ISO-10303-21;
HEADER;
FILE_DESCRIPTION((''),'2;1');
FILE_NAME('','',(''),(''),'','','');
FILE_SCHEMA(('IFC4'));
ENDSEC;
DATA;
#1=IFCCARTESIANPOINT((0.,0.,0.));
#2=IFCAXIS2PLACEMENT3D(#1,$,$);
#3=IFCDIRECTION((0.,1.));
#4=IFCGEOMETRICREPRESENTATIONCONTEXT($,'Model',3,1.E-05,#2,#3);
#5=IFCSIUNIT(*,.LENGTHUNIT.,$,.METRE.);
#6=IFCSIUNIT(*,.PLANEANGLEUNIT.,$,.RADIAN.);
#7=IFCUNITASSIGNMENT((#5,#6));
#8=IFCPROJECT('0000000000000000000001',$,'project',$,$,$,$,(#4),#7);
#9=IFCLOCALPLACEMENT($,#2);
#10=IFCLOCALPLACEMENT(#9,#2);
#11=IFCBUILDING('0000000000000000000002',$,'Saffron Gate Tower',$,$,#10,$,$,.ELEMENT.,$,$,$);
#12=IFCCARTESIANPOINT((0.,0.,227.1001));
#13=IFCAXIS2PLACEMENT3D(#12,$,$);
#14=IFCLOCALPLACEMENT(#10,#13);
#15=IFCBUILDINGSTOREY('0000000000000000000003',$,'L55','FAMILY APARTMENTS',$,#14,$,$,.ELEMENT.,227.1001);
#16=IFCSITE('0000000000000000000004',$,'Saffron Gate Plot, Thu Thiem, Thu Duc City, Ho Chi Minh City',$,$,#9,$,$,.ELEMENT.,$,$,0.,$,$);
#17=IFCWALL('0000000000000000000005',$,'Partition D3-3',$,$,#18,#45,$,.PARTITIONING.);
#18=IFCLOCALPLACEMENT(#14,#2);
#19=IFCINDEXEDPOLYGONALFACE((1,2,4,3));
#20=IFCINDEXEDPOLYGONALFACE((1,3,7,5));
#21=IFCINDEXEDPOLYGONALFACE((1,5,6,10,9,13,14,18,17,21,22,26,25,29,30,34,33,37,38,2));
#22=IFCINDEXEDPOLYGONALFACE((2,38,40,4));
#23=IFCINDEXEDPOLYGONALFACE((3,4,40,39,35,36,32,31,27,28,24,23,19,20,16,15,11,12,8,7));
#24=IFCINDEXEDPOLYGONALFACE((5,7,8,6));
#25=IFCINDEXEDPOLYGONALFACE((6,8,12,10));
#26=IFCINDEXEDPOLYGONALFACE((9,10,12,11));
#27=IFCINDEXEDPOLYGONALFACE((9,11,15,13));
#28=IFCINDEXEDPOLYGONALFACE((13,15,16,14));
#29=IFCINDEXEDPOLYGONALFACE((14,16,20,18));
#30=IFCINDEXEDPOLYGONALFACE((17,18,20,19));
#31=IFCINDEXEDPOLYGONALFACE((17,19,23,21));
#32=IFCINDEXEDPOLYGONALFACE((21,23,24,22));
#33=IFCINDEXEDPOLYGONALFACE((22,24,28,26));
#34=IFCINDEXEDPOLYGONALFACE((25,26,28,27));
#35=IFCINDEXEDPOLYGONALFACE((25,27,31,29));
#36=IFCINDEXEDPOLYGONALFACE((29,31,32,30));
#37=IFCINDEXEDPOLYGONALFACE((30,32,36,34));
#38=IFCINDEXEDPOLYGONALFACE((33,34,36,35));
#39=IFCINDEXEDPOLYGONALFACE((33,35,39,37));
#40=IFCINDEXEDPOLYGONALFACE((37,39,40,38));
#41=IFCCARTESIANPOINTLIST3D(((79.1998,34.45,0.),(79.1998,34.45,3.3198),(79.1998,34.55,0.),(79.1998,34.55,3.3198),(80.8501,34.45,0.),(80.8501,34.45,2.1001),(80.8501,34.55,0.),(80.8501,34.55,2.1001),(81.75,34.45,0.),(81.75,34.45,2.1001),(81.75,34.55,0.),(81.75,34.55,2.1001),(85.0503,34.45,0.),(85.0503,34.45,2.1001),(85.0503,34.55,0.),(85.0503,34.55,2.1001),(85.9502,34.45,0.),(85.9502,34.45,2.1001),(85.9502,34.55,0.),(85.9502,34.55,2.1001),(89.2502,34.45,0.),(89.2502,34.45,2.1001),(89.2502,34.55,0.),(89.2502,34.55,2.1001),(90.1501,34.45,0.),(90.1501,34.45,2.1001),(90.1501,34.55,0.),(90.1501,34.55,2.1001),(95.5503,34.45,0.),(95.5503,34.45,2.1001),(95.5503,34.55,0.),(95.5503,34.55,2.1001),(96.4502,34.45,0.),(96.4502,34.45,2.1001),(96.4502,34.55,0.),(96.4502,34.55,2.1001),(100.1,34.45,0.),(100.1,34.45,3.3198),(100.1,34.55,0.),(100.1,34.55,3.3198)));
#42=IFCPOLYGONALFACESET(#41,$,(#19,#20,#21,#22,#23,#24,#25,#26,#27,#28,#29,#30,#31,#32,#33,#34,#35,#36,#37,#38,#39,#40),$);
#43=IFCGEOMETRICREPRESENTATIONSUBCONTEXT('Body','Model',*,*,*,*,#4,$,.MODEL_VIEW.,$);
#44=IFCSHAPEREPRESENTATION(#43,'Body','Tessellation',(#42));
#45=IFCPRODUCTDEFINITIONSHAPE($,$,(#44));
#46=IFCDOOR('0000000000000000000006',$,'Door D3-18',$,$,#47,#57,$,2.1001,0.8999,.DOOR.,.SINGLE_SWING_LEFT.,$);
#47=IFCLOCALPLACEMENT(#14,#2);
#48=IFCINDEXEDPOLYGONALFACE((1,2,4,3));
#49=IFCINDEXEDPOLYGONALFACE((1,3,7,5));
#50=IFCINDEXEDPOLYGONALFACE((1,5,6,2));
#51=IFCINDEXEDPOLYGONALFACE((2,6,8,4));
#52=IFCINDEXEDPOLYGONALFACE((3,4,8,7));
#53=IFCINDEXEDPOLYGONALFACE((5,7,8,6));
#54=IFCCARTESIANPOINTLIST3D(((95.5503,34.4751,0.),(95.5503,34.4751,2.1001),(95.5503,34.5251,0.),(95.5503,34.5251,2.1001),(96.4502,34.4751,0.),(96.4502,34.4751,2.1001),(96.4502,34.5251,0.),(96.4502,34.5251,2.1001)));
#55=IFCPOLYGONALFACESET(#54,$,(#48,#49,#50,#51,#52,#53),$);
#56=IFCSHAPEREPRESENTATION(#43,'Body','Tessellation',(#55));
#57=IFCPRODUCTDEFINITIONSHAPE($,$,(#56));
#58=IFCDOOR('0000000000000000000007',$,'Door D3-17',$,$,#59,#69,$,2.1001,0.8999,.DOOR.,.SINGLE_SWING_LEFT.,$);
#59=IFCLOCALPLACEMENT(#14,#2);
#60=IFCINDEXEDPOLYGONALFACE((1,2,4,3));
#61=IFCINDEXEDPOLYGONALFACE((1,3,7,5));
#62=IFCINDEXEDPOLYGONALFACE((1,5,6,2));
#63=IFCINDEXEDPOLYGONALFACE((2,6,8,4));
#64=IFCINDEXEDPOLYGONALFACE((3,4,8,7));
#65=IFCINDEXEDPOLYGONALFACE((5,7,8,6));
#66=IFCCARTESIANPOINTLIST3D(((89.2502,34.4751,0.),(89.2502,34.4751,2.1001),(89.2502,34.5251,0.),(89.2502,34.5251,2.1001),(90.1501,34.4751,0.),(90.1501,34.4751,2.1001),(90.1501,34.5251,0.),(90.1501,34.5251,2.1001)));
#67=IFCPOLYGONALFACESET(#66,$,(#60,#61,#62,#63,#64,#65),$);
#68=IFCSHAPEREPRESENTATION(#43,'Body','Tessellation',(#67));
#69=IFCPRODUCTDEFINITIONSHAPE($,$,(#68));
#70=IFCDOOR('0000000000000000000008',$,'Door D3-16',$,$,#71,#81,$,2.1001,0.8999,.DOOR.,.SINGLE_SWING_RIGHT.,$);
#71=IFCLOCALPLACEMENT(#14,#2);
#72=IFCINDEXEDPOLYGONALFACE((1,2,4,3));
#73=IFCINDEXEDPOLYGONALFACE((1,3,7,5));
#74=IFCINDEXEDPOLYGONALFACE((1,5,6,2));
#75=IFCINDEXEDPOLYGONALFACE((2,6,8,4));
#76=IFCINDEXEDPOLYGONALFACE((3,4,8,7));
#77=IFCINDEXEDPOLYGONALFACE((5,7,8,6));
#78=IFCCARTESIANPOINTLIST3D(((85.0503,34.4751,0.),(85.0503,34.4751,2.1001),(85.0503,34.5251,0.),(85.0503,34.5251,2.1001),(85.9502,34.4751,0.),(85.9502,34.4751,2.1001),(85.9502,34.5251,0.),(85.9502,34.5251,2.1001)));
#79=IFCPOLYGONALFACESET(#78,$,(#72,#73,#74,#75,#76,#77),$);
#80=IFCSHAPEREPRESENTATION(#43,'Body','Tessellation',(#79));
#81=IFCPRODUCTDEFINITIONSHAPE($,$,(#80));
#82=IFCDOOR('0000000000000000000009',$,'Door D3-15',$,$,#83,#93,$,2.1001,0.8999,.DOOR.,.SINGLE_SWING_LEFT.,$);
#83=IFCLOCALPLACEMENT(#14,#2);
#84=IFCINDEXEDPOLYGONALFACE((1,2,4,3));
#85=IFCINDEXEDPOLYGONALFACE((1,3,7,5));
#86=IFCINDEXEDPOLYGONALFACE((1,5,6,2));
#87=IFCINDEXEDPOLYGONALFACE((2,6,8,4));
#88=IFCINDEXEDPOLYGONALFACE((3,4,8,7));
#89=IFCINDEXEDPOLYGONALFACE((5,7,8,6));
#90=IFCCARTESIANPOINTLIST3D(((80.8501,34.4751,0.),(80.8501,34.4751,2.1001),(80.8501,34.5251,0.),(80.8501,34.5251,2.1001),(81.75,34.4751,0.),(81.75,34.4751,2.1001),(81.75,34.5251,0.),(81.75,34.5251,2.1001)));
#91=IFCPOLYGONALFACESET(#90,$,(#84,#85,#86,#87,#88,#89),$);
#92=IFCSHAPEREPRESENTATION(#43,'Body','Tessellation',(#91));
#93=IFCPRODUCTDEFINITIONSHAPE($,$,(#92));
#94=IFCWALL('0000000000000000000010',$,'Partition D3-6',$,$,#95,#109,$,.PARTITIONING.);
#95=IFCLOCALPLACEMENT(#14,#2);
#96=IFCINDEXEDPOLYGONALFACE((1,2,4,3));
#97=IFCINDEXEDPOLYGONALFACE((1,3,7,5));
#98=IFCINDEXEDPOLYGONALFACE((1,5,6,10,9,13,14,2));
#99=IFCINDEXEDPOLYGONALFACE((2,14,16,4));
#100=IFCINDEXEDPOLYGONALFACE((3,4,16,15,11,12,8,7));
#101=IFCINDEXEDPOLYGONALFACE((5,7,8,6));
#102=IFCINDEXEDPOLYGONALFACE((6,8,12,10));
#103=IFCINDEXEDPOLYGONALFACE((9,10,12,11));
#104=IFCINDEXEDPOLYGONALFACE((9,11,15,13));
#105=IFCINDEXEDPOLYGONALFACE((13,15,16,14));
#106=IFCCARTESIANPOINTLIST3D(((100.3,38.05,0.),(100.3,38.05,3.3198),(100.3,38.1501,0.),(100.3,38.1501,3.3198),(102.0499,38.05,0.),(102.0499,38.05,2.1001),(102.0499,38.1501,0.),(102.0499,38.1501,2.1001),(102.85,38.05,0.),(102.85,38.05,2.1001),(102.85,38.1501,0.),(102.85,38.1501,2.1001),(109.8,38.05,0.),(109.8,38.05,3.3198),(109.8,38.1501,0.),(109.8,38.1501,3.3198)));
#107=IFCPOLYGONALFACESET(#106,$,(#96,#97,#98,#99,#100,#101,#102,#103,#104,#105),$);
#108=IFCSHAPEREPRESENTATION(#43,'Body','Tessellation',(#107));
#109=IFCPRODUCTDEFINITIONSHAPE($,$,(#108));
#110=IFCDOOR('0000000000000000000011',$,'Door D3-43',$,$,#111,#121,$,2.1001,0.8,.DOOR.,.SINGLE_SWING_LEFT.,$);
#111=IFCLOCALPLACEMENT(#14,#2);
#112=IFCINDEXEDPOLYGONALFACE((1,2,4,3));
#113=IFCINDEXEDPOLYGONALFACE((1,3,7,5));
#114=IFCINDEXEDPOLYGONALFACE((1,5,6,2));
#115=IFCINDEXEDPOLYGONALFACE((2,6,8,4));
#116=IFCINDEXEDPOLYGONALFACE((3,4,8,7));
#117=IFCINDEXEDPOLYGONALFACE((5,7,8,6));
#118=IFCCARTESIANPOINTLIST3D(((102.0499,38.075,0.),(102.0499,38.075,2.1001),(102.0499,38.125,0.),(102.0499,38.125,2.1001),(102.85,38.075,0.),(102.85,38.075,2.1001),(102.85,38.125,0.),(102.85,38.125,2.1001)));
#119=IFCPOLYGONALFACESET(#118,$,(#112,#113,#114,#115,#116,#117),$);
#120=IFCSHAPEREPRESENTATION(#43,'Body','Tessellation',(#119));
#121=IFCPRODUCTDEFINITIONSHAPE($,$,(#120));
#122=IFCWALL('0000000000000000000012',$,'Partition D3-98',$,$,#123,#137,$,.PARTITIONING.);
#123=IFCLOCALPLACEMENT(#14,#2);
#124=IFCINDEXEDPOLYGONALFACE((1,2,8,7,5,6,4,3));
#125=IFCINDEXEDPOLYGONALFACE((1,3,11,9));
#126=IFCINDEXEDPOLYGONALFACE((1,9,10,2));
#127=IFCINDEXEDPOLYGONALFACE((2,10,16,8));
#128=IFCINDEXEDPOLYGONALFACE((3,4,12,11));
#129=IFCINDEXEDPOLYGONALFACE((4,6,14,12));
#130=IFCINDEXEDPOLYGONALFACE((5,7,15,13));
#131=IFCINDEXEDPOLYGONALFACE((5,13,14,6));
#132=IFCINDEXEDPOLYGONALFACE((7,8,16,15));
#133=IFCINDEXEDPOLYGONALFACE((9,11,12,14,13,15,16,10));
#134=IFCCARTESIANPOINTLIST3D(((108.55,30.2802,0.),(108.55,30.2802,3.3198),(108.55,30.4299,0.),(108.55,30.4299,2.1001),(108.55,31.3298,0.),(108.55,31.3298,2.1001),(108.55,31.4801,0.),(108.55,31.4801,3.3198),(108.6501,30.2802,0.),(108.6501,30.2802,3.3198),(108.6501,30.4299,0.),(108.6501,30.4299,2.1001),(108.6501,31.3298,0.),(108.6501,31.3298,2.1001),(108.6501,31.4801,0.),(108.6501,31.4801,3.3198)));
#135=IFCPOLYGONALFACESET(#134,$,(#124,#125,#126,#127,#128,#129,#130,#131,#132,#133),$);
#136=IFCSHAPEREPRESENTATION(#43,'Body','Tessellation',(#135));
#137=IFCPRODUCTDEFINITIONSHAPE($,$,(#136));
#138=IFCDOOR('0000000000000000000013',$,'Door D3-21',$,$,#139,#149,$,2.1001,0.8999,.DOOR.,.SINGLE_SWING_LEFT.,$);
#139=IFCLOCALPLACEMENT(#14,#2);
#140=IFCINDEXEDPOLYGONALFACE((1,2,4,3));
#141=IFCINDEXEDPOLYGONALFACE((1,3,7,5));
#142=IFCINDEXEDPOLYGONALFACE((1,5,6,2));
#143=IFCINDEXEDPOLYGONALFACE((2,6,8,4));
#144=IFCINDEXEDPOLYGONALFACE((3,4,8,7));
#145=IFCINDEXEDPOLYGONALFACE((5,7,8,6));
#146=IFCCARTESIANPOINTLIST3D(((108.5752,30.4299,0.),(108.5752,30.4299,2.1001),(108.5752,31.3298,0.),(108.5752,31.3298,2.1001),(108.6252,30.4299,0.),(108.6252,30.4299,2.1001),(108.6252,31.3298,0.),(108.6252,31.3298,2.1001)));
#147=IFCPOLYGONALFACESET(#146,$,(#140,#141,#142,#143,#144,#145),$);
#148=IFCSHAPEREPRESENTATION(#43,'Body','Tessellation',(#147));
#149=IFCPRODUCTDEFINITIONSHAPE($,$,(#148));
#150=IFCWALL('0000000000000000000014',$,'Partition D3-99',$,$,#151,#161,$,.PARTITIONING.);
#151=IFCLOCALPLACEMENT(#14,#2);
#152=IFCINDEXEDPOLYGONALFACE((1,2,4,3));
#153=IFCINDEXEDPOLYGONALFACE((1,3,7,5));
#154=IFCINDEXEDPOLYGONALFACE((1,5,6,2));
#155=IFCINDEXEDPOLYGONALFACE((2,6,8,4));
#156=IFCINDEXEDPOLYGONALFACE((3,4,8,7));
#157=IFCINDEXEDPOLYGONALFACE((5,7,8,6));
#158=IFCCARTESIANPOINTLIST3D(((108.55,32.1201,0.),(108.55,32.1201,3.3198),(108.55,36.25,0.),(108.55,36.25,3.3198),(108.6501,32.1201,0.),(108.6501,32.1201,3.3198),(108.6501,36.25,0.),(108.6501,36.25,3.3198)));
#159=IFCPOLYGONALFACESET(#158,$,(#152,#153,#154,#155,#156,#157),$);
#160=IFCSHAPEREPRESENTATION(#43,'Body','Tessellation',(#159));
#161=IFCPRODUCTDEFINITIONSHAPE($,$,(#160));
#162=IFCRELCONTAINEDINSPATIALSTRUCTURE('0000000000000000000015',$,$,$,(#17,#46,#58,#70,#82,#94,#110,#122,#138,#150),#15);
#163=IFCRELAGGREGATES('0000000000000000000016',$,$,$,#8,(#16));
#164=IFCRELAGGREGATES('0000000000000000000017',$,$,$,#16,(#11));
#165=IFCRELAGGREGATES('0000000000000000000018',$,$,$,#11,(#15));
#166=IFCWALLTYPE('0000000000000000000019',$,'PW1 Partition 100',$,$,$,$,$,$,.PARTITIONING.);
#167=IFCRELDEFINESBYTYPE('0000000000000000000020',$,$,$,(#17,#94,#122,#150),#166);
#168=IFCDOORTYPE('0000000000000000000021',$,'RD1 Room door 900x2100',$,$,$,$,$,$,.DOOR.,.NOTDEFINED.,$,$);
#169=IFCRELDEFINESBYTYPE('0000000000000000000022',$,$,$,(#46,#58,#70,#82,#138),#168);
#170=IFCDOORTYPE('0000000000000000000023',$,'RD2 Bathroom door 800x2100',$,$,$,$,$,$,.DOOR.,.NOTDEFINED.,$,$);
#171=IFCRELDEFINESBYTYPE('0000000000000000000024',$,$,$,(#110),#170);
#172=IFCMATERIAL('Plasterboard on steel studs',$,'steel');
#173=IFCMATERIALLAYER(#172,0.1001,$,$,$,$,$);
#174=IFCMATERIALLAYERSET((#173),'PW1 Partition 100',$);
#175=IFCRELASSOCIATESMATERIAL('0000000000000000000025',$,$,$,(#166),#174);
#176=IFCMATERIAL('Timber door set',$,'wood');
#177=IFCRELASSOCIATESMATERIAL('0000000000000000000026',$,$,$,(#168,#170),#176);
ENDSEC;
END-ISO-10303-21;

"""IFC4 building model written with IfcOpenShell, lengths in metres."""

from ifc_helpers import new_model, si_unit, direction, frame, frame_2d, origin, place, context, subcontext, project, spatial, rectangle, extrude, material, layer, layer_set, type_object, element, fill, save


model = new_model("IFC4")

# Units and contexts
model_context = context("Model", 3, precision=1e-05, world=origin(), true_north=direction((0.0, 1.0)))
body_context = subcontext(model_context, "Body", "Model", "MODEL_VIEW")
ifc_project = project(units=[si_unit("LENGTHUNIT", "METRE"), si_unit("PLANEANGLEUNIT", "RADIAN")], contexts=[model_context])

# Site, building, storey
site_placement = place(None, origin())
site = spatial("IfcSite", under=ifc_project, at=site_placement, Name="Saffron Gate Plot, Thu Thiem, Thu Duc City, Ho Chi Minh City", CompositionType="ELEMENT", RefElevation=0.0)
building_placement = place(site_placement, origin())
building = spatial("IfcBuilding", under=site, at=building_placement, Name="Saffron Gate Tower", CompositionType="ELEMENT")
storey_placement = place(building_placement, frame((0.0, 0.0, 227.1001)))
storey = spatial("IfcBuildingStorey", under=building, at=storey_placement, Name="L55", Description="FAMILY APARTMENTS", CompositionType="ELEMENT", Elevation=227.1001)

# Wall, openings, doors
ifc_material_1 = material(Name="Plasterboard on steel studs", Category="steel")
ifc_layer_1 = layer(ifc_material_1, 0.1001)
ifc_layer_set_1 = layer_set([ifc_layer_1], Name="PW1 Partition 100")
wall_type_1 = type_object("IfcWallType", Name="PW1 Partition 100", PredefinedType="PARTITIONING", material=ifc_layer_set_1)
wall_1_placement = place(storey_placement, frame((100.1001, 34.5, 0.0), z_axis=(0.0, 0.0, 1.0), x_axis=(-1.0, 0.0, 0.0)))
wall_1 = element("IfcWall", 1, at=wall_1_placement, inside=storey, type_object=wall_type_1, Name="Partition D3-3", PredefinedType="PARTITIONING", context=body_context, shape_type="SweptSolid", body=[
    extrude(rectangle(XDim=20.9001, YDim=0.1001, at=frame_2d((10.4502, 0.0))), origin(), (0.0, 0.0, 1.0), 3.3198),
])
opening_1_placement = place(wall_1_placement, frame((3.6499, 0.0, 0.0)))
opening_1 = element("IfcOpeningElement", 2, at=opening_1_placement, cuts=wall_1, PredefinedType="OPENING", context=body_context, shape_type="SweptSolid", body=[
    extrude(rectangle(XDim=0.8999, YDim=2.1001, at=frame_2d((0.45, 1.05))), frame((0.0, 0.0601, 0.0), z_axis=(0.0, -1.0, 0.0), x_axis=(1.0, 0.0, 0.0)), (0.0, 0.0, 1.0), 0.1201),
])
opening_2_placement = place(wall_1_placement, frame((9.95, 0.0, 0.0)))
opening_2 = element("IfcOpeningElement", 3, at=opening_2_placement, cuts=wall_1, PredefinedType="OPENING", context=body_context, shape_type="SweptSolid", body=[
    extrude(rectangle(XDim=0.8999, YDim=2.1001, at=frame_2d((0.45, 1.05))), frame((0.0, 0.0601, 0.0), z_axis=(0.0, -1.0, 0.0), x_axis=(1.0, 0.0, 0.0)), (0.0, 0.0, 1.0), 0.1201),
])
opening_3_placement = place(wall_1_placement, frame((14.1499, 0.0, 0.0)))
opening_3 = element("IfcOpeningElement", 4, at=opening_3_placement, cuts=wall_1, PredefinedType="OPENING", context=body_context, shape_type="SweptSolid", body=[
    extrude(rectangle(XDim=0.8999, YDim=2.1001, at=frame_2d((0.45, 1.05))), frame((0.0, 0.0601, 0.0), z_axis=(0.0, -1.0, 0.0), x_axis=(1.0, 0.0, 0.0)), (0.0, 0.0, 1.0), 0.1201),
])
opening_4_placement = place(wall_1_placement, frame((18.3501, 0.0, 0.0)))
opening_4 = element("IfcOpeningElement", 5, at=opening_4_placement, cuts=wall_1, PredefinedType="OPENING", context=body_context, shape_type="SweptSolid", body=[
    extrude(rectangle(XDim=0.8999, YDim=2.1001, at=frame_2d((0.45, 1.05))), frame((0.0, 0.0601, 0.0), z_axis=(0.0, -1.0, 0.0), x_axis=(1.0, 0.0, 0.0)), (0.0, 0.0, 1.0), 0.1201),
])
ifc_material_2 = material(Name="Timber door set", Category="wood")
door_type_1 = type_object("IfcDoorType", Name="RD1 Room door 900x2100", OperationType="NOTDEFINED", PredefinedType="DOOR", material=ifc_material_2)
door_1_placement = place(opening_1_placement, origin())
door_1 = element("IfcDoor", 6, at=door_1_placement, inside=storey, type_object=door_type_1, Name="Door D3-18", OperationType="SINGLE_SWING_LEFT", OverallHeight=2.1001, OverallWidth=0.8999, PredefinedType="DOOR", context=body_context, shape_type="SweptSolid", body=[
    extrude(rectangle(XDim=0.8999, YDim=2.1001, at=frame_2d((0.45, 1.05))), frame((0.0, 0.0249, 0.0), z_axis=(0.0, -1.0, 0.0), x_axis=(1.0, 0.0, 0.0)), (0.0, 0.0, 1.0), 0.05),
])
fill(opening_1, door_1)
door_2_placement = place(opening_2_placement, origin())
door_2 = element("IfcDoor", 7, at=door_2_placement, inside=storey, type_object=door_type_1, Name="Door D3-17", OperationType="SINGLE_SWING_LEFT", OverallHeight=2.1001, OverallWidth=0.8999, PredefinedType="DOOR", context=body_context, shape_type="SweptSolid", body=[
    extrude(rectangle(XDim=0.8999, YDim=2.1001, at=frame_2d((0.45, 1.05))), frame((0.0, 0.0249, 0.0), z_axis=(0.0, -1.0, 0.0), x_axis=(1.0, 0.0, 0.0)), (0.0, 0.0, 1.0), 0.05),
])
fill(opening_2, door_2)
door_3_placement = place(opening_3_placement, origin())
door_3 = element("IfcDoor", 8, at=door_3_placement, inside=storey, type_object=door_type_1, Name="Door D3-16", OperationType="SINGLE_SWING_RIGHT", OverallHeight=2.1001, OverallWidth=0.8999, PredefinedType="DOOR", context=body_context, shape_type="SweptSolid", body=[
    extrude(rectangle(XDim=0.8999, YDim=2.1001, at=frame_2d((0.45, 1.05))), frame((0.0, 0.0249, 0.0), z_axis=(0.0, -1.0, 0.0), x_axis=(1.0, 0.0, 0.0)), (0.0, 0.0, 1.0), 0.05),
])
fill(opening_3, door_3)
door_4_placement = place(opening_4_placement, origin())
door_4 = element("IfcDoor", 9, at=door_4_placement, inside=storey, type_object=door_type_1, Name="Door D3-15", OperationType="SINGLE_SWING_LEFT", OverallHeight=2.1001, OverallWidth=0.8999, PredefinedType="DOOR", context=body_context, shape_type="SweptSolid", body=[
    extrude(rectangle(XDim=0.8999, YDim=2.1001, at=frame_2d((0.45, 1.05))), frame((0.0, 0.0249, 0.0), z_axis=(0.0, -1.0, 0.0), x_axis=(1.0, 0.0, 0.0)), (0.0, 0.0, 1.0), 0.05),
])
fill(opening_4, door_4)

# Walls, openings, doors
wall_2_placement = place(storey_placement, frame((100.3, 38.1001, 0.0), z_axis=(0.0, 0.0, 1.0), x_axis=(1.0, 0.0, 0.0)))
wall_2 = element("IfcWall", 10, at=wall_2_placement, inside=storey, type_object=wall_type_1, Name="Partition D3-6", PredefinedType="PARTITIONING", context=body_context, shape_type="SweptSolid", body=[
    extrude(rectangle(XDim=9.5, YDim=0.1001, at=frame_2d((4.75, 0.0))), origin(), (0.0, 0.0, 1.0), 3.3198),
])
opening_5_placement = place(wall_2_placement, frame((1.75, 0.0, 0.0)))
opening_5 = element("IfcOpeningElement", 11, at=opening_5_placement, cuts=wall_2, PredefinedType="OPENING", context=body_context, shape_type="SweptSolid", body=[
    extrude(rectangle(XDim=0.8, YDim=2.1001, at=frame_2d((0.3999, 1.05))), frame((0.0, 0.0601, 0.0), z_axis=(0.0, -1.0, 0.0), x_axis=(1.0, 0.0, 0.0)), (0.0, 0.0, 1.0), 0.1201),
])
door_type_2 = type_object("IfcDoorType", Name="RD2 Bathroom door 800x2100", OperationType="NOTDEFINED", PredefinedType="DOOR", material=ifc_material_2)
door_5_placement = place(opening_5_placement, origin())
door_5 = element("IfcDoor", 12, at=door_5_placement, inside=storey, type_object=door_type_2, Name="Door D3-43", OperationType="SINGLE_SWING_LEFT", OverallHeight=2.1001, OverallWidth=0.8, PredefinedType="DOOR", context=body_context, shape_type="SweptSolid", body=[
    extrude(rectangle(XDim=0.8, YDim=2.1001, at=frame_2d((0.3999, 1.05))), frame((0.0, 0.0249, 0.0), z_axis=(0.0, -1.0, 0.0), x_axis=(1.0, 0.0, 0.0)), (0.0, 0.0, 1.0), 0.05),
])
fill(opening_5, door_5)
wall_3_placement = place(storey_placement, frame((108.6001, 30.28, 0.0), z_axis=(0.0, 0.0, 1.0), x_axis=(0.0, 1.0, 0.0)))
wall_3 = element("IfcWall", 13, at=wall_3_placement, inside=storey, type_object=wall_type_1, Name="Partition D3-98", PredefinedType="PARTITIONING", context=body_context, shape_type="SweptSolid", body=[
    extrude(rectangle(XDim=1.2, YDim=0.1001, at=frame_2d((0.6001, 0.0))), origin(), (0.0, 0.0, 1.0), 3.3198),
])
opening_6_placement = place(wall_3_placement, frame((0.1499, 0.0, 0.0)))
opening_6 = element("IfcOpeningElement", 14, at=opening_6_placement, cuts=wall_3, PredefinedType="OPENING", context=body_context, shape_type="SweptSolid", body=[
    extrude(rectangle(XDim=0.8999, YDim=2.1001, at=frame_2d((0.45, 1.05))), frame((0.0, 0.0601, 0.0), z_axis=(0.0, -1.0, 0.0), x_axis=(1.0, 0.0, 0.0)), (0.0, 0.0, 1.0), 0.1201),
])
door_6_placement = place(opening_6_placement, origin())
door_6 = element("IfcDoor", 15, at=door_6_placement, inside=storey, type_object=door_type_1, Name="Door D3-21", OperationType="SINGLE_SWING_LEFT", OverallHeight=2.1001, OverallWidth=0.8999, PredefinedType="DOOR", context=body_context, shape_type="SweptSolid", body=[
    extrude(rectangle(XDim=0.8999, YDim=2.1001, at=frame_2d((0.45, 1.05))), frame((0.0, 0.0249, 0.0), z_axis=(0.0, -1.0, 0.0), x_axis=(1.0, 0.0, 0.0)), (0.0, 0.0, 1.0), 0.05),
])
fill(opening_6, door_6)

# Wall
wall_4_placement = place(storey_placement, frame((108.6001, 36.25, 0.0), z_axis=(0.0, 0.0, 1.0), x_axis=(0.0, -1.0, 0.0)))
element("IfcWall", 16, at=wall_4_placement, inside=storey, type_object=wall_type_1, Name="Partition D3-99", PredefinedType="PARTITIONING", context=body_context, shape_type="SweptSolid", body=[
    extrude(rectangle(XDim=4.1299, YDim=0.1001, at=frame_2d((2.0649, 0.0))), origin(), (0.0, 0.0, 1.0), 3.3198),
])

save(model, "model.ifc")
